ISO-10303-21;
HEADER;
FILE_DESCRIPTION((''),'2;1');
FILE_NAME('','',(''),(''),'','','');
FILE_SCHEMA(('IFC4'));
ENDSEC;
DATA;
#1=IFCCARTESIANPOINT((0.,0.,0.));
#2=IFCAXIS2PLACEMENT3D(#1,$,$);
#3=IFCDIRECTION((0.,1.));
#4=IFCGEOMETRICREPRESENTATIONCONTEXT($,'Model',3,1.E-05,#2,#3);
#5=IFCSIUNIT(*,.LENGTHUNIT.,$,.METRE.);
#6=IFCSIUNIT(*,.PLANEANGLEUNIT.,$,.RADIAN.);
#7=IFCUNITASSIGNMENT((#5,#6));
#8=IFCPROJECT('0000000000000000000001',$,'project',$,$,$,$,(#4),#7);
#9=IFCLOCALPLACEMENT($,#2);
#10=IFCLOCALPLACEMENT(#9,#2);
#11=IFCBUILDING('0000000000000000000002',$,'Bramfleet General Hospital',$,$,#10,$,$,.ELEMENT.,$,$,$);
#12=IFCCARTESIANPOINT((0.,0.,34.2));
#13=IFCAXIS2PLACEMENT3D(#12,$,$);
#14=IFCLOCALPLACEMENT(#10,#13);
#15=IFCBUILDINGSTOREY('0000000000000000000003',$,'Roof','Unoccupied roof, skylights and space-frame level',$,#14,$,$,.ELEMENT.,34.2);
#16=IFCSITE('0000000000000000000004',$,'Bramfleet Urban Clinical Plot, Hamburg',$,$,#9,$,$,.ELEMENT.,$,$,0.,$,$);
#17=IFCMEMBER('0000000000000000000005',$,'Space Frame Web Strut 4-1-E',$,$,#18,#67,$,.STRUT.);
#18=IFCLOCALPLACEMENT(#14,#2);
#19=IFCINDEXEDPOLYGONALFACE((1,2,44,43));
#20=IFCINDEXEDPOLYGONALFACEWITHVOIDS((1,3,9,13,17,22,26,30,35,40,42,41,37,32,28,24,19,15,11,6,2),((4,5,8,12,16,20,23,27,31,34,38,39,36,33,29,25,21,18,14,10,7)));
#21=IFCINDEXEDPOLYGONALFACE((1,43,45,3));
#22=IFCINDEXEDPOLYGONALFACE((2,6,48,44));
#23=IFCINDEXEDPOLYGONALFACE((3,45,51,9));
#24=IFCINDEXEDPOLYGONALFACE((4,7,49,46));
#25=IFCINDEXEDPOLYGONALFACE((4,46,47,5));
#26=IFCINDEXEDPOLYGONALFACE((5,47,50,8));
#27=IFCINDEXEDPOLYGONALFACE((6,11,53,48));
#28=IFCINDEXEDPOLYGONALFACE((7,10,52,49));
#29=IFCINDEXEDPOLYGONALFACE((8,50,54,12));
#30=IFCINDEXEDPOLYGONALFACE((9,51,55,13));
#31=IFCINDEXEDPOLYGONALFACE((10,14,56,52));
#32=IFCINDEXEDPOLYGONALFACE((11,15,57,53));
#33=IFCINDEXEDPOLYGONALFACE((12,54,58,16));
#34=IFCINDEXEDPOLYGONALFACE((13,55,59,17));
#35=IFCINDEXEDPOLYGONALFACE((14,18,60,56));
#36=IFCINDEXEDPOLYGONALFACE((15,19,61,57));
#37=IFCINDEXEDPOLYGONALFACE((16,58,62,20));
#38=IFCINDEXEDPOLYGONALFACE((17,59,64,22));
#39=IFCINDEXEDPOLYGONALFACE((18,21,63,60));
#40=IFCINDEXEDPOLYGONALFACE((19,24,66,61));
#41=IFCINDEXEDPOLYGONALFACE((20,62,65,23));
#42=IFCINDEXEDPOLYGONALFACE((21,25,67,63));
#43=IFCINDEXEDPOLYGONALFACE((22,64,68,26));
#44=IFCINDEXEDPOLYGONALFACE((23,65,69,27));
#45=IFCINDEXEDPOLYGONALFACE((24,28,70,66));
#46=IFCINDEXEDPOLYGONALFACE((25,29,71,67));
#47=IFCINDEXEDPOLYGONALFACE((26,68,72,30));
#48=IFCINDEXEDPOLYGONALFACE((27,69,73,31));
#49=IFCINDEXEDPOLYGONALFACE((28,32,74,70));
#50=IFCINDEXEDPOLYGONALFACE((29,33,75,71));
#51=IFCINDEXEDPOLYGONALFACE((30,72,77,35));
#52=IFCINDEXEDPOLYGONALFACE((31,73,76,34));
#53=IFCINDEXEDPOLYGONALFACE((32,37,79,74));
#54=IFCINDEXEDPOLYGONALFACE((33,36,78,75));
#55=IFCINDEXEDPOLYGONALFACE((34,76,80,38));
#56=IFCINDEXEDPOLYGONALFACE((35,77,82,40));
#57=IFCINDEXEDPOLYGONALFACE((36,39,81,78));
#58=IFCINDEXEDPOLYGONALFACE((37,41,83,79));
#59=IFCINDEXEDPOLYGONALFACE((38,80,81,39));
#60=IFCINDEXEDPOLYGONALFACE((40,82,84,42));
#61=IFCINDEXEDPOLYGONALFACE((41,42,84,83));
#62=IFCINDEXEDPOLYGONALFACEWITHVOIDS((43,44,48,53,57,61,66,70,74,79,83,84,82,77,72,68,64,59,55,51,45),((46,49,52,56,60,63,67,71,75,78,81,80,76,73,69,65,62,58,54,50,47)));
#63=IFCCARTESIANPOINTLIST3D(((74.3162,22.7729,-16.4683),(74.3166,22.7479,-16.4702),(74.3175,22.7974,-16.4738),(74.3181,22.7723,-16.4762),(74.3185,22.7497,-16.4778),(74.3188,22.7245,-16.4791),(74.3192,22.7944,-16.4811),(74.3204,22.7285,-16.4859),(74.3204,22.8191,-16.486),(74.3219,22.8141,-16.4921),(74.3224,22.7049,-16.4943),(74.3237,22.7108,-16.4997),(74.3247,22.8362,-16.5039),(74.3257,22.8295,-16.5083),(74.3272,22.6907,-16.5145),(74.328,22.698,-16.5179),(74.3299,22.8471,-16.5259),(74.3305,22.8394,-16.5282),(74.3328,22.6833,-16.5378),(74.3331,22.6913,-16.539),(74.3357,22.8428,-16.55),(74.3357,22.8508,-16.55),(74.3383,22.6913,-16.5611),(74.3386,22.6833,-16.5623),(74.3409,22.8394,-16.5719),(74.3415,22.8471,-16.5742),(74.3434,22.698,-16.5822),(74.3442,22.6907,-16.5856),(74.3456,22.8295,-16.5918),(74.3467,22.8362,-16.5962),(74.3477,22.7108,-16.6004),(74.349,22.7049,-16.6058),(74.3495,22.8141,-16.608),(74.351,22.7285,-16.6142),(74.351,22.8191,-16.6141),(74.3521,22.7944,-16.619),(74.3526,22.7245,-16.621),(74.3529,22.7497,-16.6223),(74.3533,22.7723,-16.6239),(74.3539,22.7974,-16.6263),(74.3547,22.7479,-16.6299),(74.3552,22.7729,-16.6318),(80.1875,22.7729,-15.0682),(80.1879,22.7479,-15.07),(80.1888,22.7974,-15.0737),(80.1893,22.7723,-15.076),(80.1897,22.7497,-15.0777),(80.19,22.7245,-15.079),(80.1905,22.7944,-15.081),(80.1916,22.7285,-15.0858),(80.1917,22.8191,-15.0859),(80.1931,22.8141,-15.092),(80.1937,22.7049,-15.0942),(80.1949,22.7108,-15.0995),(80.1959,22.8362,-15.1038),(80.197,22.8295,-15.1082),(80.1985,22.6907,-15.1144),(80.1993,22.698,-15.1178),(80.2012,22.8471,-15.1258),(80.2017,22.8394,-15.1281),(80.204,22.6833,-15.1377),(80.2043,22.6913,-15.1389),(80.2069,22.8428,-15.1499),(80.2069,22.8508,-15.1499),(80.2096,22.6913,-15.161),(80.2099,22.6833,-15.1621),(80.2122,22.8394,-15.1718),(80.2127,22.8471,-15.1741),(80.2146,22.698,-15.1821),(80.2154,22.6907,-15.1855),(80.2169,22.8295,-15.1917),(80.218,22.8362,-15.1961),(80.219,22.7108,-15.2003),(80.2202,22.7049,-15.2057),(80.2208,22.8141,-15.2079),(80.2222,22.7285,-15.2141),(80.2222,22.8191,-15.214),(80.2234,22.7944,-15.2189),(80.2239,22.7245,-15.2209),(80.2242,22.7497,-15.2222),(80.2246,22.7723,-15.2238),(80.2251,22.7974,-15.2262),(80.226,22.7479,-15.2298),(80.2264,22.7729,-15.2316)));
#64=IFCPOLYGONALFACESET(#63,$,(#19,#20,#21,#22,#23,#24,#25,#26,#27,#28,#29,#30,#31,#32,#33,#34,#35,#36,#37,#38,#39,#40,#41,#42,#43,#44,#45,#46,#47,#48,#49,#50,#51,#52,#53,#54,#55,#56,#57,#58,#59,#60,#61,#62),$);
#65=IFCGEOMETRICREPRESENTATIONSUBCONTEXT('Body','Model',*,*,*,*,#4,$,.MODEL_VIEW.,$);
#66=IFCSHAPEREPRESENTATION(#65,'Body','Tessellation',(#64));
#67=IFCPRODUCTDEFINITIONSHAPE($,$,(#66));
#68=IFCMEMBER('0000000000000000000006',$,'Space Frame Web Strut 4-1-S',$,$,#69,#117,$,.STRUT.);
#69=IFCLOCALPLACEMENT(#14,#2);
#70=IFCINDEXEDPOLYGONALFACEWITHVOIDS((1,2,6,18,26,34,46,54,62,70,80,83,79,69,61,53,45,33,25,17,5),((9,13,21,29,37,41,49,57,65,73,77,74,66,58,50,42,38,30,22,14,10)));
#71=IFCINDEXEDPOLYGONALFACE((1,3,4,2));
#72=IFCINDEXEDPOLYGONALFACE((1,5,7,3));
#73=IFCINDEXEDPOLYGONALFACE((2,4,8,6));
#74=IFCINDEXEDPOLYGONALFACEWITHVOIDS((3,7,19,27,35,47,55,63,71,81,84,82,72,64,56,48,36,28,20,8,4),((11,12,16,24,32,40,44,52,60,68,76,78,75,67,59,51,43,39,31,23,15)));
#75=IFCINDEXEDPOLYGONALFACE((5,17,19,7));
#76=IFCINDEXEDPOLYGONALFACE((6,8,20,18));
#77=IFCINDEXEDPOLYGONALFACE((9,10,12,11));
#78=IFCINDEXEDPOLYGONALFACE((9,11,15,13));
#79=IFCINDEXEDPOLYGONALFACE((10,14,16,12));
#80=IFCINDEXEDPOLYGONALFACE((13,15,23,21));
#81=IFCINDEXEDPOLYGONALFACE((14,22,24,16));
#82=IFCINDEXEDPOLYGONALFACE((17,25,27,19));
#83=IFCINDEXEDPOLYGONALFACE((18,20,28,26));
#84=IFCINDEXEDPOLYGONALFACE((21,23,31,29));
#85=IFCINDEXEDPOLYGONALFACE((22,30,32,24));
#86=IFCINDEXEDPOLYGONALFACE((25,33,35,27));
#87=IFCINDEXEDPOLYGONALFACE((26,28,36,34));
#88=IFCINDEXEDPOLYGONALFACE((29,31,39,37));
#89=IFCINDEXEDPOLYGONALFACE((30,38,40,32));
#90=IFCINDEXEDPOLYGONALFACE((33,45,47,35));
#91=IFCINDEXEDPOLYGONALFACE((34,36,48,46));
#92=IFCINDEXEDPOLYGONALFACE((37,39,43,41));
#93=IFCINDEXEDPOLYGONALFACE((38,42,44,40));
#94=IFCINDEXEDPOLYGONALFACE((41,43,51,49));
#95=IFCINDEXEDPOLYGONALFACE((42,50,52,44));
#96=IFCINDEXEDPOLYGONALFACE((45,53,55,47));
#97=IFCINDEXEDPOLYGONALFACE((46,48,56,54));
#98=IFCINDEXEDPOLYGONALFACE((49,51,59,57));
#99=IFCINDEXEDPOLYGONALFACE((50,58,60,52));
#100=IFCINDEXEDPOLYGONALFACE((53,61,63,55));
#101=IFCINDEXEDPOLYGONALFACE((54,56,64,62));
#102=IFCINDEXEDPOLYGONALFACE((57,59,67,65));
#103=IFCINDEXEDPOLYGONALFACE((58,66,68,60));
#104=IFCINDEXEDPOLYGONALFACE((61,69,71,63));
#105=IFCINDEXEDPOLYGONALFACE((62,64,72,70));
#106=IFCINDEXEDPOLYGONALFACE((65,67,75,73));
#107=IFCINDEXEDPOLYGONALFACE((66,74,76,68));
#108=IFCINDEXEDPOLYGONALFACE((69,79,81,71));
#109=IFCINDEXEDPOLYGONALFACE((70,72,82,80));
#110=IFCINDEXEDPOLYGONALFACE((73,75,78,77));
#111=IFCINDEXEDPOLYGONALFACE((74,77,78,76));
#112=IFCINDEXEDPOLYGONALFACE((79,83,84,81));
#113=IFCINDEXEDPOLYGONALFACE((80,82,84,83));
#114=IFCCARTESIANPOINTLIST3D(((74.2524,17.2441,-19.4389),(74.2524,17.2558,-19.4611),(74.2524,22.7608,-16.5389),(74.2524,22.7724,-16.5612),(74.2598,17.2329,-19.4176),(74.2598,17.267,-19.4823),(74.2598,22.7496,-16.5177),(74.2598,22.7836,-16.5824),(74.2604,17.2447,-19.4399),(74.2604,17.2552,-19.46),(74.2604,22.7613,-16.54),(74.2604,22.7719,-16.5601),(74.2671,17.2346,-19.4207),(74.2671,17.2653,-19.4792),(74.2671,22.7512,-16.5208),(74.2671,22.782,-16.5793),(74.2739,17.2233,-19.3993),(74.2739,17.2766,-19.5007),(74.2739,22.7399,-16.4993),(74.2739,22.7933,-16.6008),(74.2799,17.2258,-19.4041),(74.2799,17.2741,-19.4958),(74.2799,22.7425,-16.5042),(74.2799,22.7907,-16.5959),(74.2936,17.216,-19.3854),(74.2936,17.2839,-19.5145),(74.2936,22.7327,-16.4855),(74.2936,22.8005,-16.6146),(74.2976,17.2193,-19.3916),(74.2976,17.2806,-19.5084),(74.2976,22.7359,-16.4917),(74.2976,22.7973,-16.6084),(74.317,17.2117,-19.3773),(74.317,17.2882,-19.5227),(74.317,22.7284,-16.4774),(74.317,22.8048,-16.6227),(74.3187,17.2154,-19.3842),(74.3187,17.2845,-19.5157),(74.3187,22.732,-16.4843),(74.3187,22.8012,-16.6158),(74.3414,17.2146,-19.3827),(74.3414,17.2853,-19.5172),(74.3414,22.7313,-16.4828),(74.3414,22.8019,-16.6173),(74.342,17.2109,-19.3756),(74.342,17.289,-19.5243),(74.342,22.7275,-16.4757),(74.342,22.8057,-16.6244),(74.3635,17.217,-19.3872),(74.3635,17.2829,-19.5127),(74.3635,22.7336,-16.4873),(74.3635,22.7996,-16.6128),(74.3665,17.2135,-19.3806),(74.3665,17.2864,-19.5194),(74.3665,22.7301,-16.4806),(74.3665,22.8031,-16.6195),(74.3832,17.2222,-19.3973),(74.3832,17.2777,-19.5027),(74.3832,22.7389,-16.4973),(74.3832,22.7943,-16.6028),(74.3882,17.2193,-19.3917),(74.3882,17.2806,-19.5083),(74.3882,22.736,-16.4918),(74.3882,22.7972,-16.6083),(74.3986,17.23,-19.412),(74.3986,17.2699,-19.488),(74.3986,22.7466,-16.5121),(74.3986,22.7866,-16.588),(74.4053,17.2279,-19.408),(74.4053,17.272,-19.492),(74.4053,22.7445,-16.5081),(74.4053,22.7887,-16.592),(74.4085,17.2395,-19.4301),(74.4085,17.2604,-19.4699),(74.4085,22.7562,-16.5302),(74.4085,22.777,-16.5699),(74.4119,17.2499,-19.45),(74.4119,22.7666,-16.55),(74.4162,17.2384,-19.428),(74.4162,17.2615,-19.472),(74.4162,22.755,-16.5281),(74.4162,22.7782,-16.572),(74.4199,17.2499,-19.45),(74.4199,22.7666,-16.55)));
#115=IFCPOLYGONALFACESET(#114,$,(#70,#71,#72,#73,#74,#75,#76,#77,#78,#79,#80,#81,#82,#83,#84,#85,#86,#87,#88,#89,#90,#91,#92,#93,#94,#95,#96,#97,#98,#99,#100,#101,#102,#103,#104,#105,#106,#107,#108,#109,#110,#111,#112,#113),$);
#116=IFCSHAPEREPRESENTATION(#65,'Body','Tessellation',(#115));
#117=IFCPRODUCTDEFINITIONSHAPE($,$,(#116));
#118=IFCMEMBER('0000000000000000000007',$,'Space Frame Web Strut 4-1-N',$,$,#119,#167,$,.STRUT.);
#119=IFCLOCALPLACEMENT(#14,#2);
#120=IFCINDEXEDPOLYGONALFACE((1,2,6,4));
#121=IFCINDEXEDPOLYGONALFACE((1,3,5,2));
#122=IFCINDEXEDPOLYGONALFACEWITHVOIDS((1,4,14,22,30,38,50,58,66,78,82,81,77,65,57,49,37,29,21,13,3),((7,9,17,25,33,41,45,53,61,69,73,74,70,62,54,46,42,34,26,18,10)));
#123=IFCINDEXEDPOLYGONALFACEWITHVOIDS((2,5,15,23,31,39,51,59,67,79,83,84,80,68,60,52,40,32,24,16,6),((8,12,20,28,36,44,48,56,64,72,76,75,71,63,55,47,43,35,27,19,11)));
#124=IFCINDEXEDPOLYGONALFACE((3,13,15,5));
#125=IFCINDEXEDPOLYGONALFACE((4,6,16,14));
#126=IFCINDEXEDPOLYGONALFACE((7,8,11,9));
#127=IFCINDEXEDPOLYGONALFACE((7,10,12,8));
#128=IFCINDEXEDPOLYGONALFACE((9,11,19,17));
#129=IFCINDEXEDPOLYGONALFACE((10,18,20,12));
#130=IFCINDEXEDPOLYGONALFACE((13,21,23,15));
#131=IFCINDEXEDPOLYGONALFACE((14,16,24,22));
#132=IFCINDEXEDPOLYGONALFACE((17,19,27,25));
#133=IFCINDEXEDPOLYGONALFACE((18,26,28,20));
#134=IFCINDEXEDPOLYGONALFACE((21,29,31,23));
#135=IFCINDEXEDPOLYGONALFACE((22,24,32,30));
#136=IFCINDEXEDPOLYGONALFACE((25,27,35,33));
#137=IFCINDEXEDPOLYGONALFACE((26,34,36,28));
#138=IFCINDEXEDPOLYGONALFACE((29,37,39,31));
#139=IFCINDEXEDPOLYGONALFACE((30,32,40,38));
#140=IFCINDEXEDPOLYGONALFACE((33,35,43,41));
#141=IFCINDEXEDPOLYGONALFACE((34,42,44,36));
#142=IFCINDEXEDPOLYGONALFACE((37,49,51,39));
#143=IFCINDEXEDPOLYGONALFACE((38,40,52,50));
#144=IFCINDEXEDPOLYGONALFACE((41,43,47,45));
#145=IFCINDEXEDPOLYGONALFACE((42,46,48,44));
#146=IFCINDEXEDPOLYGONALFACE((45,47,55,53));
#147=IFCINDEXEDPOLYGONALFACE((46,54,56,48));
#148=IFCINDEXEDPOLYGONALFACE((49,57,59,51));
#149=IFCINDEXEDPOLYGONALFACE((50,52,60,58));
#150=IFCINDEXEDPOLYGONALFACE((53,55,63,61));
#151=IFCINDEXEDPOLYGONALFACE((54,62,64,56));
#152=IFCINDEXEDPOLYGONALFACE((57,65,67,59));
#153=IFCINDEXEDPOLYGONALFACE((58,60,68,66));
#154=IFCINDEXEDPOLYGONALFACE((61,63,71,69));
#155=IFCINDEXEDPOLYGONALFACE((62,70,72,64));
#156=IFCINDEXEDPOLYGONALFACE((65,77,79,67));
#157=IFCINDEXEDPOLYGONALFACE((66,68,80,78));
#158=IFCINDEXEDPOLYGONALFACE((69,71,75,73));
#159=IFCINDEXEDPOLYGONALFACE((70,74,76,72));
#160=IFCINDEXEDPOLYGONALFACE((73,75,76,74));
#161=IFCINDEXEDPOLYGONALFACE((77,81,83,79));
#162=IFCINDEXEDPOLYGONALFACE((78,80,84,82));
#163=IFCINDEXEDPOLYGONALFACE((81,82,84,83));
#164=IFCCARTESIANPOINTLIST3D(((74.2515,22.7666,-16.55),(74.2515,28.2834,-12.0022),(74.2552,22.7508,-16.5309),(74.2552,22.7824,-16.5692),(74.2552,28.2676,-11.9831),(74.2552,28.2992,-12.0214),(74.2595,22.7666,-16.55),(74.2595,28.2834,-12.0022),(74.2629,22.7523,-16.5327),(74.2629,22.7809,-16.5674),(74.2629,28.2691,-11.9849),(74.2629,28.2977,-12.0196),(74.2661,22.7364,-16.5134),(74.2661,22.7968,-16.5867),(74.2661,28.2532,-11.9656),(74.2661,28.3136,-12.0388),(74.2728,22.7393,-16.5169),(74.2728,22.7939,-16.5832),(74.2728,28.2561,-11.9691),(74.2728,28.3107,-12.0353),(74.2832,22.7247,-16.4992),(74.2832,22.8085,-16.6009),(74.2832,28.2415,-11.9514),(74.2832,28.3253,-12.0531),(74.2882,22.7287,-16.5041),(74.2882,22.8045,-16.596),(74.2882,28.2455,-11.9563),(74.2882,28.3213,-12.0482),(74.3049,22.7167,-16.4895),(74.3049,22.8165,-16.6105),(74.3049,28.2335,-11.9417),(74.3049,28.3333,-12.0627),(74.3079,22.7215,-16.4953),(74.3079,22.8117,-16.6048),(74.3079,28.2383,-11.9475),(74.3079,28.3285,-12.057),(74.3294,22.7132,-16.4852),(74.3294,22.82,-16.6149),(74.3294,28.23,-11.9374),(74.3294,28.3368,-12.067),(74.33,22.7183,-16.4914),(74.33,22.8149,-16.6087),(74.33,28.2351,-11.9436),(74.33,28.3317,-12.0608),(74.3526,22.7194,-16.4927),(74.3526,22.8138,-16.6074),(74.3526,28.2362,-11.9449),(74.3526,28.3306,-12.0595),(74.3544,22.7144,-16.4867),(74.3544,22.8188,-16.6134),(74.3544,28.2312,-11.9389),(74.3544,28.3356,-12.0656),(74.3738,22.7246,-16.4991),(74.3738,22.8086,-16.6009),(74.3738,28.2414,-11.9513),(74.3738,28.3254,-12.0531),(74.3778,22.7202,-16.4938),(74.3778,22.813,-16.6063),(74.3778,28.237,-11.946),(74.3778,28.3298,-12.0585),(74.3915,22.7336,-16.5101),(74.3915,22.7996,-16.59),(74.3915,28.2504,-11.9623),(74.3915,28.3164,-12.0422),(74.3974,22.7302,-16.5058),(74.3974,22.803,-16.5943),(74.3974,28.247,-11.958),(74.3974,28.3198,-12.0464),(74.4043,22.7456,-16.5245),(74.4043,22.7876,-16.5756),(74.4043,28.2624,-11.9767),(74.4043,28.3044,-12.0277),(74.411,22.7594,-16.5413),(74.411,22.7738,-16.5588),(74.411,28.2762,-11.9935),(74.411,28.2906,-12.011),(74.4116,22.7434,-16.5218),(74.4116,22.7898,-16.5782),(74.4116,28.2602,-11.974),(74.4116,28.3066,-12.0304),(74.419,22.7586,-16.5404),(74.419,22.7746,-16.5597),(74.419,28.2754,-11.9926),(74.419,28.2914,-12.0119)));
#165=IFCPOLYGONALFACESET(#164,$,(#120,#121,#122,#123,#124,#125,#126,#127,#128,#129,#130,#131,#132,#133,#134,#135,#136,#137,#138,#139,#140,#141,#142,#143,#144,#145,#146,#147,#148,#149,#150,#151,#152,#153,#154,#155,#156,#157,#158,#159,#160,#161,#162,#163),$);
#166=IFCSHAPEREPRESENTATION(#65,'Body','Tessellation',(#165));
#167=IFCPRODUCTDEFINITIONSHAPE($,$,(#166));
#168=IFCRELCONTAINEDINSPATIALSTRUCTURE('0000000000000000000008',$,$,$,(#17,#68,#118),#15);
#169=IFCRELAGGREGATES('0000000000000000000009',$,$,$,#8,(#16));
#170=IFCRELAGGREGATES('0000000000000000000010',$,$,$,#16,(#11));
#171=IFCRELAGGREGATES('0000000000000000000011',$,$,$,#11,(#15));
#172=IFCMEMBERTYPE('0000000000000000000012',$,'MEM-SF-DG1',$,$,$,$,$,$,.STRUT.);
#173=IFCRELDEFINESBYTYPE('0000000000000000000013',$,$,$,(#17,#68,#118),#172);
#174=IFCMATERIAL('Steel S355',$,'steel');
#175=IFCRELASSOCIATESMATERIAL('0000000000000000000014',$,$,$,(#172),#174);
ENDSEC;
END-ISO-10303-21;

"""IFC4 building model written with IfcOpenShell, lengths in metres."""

from ifc_helpers import new_model, si_unit, direction, frame, origin, origin_2d, place, context, subcontext, project, spatial, hollow_circle, extrude, material, material_profile, profile_set, type_object, element, save


model = new_model("IFC4")

# Units and contexts
model_context = context("Model", 3, precision=1e-05, world=origin(), true_north=direction((0.0, 1.0)))
body_context = subcontext(model_context, "Body", "Model", "MODEL_VIEW")
ifc_project = project(units=[si_unit("LENGTHUNIT", "METRE"), si_unit("PLANEANGLEUNIT", "RADIAN")], contexts=[model_context])

# Site, building, storey
site_placement = place(None, origin())
site = spatial("IfcSite", under=ifc_project, at=site_placement, Name="Bramfleet Urban Clinical Plot, Hamburg", CompositionType="ELEMENT", RefElevation=0.0)
building_placement = place(site_placement, origin())
building = spatial("IfcBuilding", under=site, at=building_placement, Name="Bramfleet General Hospital", CompositionType="ELEMENT")
storey_placement = place(building_placement, frame((0.0, 0.0, 34.2)))
storey = spatial("IfcBuildingStorey", under=building, at=storey_placement, Name="Roof", Description="Unoccupied roof, skylights and space-frame level", CompositionType="ELEMENT", Elevation=34.2)

# Members
ifc_material = material(Name="Steel S355", Category="steel")
ifc_material_profile_1 = material_profile(ifc_material, hollow_circle(Radius=0.0842, WallThickness=0.0081, at=origin_2d()), Name="CHS 168.3x8.0")
ifc_profile_set_1 = profile_set([ifc_material_profile_1], Name="Steel S355")
member_type_1 = type_object("IfcMemberType", Name="MEM-SF-DG1", PredefinedType="STRUT", material=ifc_profile_set_1)
for number, where, z_axis, x_axis, name in (
    (1, (74.3357, 22.7666, -16.55), (0.972724, 0.0, 0.231967), (0.0, 1.0, 0.0), "Space Frame Web Strut 4-1-E"),
):
    element("IfcMember", number, at=place(storey_placement, frame(where, z_axis=z_axis, x_axis=x_axis)), inside=storey, type_object=member_type_1, Name=name, PredefinedType="STRUT", context=body_context, shape_type="SweptSolid", body=[
        extrude(hollow_circle(Radius=0.0842, WallThickness=0.0081, at=origin_2d()), origin(), (0.0, 0.0, 1.0), 6.0359),
    ])
member_1_placement = place(storey_placement, frame((74.3357, 22.7666, -16.55), z_axis=(0.0, -0.885154, -0.465298), x_axis=(1.0, 0.0, 0.0)))
element("IfcMember", 2, at=member_1_placement, inside=storey, type_object=member_type_1, Name="Space Frame Web Strut 4-1-S", PredefinedType="STRUT", context=body_context, shape_type="SweptSolid", body=[
    extrude(hollow_circle(Radius=0.0842, WallThickness=0.0081, at=origin_2d()), origin(), (0.0, 0.0, 1.0), 6.2324),
])
member_2_placement = place(storey_placement, frame((74.3357, 22.7666, -16.55), z_axis=(0.0, 0.771617, 0.636088), x_axis=(-1.0, 0.0, 0.0)))
element("IfcMember", 3, at=member_2_placement, inside=storey, type_object=member_type_1, Name="Space Frame Web Strut 4-1-N", PredefinedType="STRUT", context=body_context, shape_type="SweptSolid", body=[
    extrude(hollow_circle(Radius=0.0842, WallThickness=0.0081, at=origin_2d()), origin(), (0.0, 0.0, 1.0), 7.1497),
])

save(model, "model.ifc")
